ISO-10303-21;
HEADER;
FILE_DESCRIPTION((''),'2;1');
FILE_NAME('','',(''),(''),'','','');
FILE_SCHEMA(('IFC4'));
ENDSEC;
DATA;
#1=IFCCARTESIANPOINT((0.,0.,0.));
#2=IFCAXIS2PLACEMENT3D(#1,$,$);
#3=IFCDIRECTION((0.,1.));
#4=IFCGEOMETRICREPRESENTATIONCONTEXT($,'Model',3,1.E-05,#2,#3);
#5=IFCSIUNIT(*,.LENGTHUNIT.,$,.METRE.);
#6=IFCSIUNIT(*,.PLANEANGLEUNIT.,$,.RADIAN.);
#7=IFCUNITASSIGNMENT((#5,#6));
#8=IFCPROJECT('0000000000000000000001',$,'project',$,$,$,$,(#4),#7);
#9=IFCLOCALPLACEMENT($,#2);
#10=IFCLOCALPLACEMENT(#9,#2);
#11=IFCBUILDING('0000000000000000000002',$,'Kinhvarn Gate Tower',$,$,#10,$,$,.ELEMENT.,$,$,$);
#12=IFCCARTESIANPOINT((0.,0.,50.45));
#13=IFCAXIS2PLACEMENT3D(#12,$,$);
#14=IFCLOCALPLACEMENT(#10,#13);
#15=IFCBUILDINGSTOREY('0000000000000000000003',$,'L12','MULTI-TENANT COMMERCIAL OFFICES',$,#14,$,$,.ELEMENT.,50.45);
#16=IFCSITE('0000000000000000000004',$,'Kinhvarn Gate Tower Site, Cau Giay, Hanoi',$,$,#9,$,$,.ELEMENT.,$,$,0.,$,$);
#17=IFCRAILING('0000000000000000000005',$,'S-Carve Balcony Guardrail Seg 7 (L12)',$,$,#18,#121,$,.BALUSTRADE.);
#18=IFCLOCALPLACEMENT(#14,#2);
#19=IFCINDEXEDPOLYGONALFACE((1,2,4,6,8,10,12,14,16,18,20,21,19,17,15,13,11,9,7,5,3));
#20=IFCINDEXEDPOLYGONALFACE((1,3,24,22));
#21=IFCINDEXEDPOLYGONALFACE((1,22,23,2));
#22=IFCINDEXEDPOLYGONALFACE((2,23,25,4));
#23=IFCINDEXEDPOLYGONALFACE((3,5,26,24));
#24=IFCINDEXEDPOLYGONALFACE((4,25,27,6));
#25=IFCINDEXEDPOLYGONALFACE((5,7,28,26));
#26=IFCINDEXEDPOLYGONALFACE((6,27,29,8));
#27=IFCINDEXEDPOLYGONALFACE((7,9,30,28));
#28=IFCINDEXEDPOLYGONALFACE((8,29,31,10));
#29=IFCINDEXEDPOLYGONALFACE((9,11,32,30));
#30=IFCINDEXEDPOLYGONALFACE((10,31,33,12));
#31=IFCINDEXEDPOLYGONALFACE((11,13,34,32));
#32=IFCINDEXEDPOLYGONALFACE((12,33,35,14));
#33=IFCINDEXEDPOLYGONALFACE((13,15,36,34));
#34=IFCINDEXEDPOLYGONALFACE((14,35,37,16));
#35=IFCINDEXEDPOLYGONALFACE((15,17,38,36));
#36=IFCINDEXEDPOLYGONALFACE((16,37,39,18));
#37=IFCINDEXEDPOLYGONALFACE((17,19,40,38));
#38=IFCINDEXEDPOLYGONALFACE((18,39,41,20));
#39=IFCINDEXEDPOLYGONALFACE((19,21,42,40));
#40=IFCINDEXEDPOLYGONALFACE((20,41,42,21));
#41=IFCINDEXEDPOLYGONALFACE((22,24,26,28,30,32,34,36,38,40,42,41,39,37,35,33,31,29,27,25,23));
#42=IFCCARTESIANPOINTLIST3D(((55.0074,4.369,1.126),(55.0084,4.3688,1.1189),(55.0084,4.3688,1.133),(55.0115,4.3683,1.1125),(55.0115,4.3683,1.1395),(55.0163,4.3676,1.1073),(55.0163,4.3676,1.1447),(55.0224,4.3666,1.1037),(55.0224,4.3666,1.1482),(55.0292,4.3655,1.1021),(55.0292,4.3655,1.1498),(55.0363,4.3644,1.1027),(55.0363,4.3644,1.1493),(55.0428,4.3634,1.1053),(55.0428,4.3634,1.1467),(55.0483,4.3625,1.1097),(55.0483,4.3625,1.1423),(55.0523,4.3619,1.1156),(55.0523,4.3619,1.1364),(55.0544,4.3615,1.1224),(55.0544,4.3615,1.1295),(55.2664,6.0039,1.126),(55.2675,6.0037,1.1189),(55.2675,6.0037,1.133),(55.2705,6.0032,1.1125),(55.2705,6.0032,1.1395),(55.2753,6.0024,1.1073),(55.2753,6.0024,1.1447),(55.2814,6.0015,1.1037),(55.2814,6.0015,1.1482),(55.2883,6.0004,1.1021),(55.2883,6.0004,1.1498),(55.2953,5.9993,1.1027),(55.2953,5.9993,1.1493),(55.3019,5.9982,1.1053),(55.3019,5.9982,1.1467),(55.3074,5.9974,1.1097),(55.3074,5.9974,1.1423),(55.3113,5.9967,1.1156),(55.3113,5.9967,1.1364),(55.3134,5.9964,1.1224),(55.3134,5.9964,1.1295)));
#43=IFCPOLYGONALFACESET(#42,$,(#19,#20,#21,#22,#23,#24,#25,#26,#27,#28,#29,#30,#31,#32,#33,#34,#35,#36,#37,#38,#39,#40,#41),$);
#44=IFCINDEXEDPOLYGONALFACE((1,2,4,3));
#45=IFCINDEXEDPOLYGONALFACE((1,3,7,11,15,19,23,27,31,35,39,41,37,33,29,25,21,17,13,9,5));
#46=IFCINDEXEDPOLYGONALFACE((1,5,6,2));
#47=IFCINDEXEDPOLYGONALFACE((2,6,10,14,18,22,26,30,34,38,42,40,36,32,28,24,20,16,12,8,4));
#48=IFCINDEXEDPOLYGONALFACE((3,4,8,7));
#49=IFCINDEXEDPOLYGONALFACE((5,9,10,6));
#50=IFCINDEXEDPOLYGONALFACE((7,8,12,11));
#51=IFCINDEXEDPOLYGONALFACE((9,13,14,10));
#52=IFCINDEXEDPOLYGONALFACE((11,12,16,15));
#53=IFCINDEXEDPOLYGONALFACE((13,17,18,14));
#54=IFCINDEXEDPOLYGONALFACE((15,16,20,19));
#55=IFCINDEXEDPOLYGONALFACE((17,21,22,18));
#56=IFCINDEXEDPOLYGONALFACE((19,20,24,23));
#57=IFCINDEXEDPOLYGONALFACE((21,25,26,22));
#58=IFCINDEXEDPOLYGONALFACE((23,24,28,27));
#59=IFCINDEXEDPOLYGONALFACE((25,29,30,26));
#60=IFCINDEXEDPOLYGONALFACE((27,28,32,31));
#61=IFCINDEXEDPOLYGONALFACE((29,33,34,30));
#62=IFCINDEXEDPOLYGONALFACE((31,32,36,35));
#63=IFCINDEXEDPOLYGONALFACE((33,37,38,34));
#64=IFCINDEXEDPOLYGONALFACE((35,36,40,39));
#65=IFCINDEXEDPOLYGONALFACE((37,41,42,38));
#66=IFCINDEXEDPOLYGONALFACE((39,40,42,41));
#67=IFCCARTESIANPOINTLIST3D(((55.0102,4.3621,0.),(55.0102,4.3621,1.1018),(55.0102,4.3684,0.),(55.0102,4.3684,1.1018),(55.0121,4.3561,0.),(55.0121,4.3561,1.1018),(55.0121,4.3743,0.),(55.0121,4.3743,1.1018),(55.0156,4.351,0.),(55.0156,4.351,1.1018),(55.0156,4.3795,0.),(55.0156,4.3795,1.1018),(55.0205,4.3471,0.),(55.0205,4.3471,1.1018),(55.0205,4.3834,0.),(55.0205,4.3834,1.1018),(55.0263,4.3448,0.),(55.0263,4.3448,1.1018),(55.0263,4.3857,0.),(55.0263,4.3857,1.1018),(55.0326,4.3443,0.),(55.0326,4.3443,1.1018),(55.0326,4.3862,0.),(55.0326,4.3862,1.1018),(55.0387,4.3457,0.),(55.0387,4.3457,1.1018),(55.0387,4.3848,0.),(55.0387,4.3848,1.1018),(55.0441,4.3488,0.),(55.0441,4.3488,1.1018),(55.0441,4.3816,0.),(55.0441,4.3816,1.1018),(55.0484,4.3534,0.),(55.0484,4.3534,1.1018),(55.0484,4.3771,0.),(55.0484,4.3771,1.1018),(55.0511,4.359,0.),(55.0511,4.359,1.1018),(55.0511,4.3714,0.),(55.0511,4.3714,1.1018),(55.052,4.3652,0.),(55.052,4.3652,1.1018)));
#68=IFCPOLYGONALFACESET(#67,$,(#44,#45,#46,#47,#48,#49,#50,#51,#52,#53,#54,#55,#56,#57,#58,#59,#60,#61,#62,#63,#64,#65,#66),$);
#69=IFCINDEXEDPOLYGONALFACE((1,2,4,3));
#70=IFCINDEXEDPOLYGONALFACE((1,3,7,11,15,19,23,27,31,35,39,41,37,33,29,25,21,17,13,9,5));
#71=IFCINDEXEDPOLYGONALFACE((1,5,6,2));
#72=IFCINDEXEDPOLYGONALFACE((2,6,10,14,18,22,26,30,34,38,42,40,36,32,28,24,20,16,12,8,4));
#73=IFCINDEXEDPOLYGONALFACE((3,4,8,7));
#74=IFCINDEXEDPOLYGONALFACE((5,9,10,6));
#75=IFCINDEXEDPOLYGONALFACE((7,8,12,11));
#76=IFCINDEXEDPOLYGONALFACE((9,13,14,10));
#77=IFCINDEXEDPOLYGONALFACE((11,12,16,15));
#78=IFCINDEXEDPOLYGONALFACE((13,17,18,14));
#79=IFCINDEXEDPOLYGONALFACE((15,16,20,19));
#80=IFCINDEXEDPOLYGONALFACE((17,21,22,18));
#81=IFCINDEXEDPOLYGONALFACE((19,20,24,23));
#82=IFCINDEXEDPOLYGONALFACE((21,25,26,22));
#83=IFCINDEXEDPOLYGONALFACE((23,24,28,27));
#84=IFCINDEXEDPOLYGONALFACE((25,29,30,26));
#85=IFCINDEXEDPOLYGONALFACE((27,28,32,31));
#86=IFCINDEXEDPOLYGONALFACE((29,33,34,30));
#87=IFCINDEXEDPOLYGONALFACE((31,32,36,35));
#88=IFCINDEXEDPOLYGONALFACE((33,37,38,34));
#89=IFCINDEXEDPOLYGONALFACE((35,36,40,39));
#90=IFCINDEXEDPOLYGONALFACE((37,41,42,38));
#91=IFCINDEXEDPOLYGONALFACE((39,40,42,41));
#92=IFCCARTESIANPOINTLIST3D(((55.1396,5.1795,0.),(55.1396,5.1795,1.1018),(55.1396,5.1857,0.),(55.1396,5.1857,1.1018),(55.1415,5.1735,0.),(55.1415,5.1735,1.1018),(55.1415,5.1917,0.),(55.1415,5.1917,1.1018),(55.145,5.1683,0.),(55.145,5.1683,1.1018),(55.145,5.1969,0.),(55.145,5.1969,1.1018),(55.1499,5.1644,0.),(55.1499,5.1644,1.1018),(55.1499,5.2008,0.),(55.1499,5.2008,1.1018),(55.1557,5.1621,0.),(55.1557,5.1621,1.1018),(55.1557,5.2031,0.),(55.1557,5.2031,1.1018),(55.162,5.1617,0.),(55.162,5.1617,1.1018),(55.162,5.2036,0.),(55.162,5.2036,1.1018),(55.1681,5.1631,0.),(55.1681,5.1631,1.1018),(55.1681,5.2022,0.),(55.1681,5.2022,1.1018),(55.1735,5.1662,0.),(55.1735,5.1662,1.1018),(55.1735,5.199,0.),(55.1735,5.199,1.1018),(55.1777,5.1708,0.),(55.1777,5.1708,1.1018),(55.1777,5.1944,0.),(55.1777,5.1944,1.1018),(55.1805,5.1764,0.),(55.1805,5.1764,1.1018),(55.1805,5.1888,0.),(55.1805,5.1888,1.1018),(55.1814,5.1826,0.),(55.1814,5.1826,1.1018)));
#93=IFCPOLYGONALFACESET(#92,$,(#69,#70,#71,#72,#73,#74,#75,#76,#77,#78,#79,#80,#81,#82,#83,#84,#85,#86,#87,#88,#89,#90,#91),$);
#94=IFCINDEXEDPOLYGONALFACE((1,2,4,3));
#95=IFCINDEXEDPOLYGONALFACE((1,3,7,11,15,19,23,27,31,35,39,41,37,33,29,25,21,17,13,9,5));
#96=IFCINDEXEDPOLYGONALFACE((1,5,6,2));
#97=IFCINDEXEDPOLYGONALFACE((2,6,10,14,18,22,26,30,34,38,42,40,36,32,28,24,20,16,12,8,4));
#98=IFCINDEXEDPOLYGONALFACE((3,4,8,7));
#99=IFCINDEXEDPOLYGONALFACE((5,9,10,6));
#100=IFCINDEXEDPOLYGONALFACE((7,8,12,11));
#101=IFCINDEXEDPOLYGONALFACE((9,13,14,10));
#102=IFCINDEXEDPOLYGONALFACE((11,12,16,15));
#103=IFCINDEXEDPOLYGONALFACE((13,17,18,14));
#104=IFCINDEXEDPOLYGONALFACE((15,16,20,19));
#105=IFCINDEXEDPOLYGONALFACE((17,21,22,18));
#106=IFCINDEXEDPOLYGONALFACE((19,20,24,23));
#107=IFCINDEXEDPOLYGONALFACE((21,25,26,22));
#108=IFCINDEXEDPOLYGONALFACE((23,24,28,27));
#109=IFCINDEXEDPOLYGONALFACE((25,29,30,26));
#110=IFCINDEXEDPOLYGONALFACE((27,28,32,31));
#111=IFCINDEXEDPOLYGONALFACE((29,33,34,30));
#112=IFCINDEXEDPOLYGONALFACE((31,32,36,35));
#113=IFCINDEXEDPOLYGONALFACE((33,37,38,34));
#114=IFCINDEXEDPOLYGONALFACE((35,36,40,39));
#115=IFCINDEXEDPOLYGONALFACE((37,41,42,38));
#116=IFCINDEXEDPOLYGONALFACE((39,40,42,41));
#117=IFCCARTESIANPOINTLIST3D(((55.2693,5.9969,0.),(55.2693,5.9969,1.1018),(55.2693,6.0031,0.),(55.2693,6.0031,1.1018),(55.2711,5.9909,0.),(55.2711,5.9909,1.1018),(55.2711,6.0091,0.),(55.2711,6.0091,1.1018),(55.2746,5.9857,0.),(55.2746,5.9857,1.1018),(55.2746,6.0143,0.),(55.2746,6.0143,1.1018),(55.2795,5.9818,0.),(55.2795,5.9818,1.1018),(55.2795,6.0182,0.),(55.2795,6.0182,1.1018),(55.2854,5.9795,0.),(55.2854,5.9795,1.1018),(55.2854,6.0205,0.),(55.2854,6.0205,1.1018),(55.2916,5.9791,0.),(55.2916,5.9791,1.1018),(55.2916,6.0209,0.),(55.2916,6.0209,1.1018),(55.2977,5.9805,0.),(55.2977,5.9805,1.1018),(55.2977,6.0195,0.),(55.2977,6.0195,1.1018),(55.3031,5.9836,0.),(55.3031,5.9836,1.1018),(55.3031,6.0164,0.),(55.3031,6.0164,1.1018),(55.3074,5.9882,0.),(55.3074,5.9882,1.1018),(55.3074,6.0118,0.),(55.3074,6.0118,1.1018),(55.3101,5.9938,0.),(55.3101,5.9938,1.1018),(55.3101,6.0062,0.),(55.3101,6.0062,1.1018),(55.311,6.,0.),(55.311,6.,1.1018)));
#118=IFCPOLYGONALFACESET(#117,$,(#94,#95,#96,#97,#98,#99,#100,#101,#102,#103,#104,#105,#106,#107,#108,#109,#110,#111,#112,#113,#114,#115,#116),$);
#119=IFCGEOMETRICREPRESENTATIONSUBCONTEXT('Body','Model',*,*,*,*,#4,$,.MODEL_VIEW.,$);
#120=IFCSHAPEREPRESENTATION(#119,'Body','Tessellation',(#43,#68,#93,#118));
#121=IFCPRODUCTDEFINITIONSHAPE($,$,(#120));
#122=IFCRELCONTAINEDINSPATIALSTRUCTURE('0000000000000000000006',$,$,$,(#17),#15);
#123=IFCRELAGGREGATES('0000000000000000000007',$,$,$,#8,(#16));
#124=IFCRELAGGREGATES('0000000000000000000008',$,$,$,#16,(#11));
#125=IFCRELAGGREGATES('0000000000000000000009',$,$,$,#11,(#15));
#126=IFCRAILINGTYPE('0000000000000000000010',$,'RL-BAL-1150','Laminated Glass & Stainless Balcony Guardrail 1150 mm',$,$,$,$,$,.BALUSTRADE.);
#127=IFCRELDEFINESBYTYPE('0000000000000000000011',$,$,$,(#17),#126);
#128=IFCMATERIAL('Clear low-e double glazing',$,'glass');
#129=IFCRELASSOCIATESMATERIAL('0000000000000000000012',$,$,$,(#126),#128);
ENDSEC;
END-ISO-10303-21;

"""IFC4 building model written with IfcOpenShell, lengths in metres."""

from ifc_helpers import new_model, si_unit, direction, frame, origin, origin_2d, place, context, subcontext, project, spatial, circle, extrude, material, type_object, element, save


model = new_model("IFC4")

# Units and contexts
model_context = context("Model", 3, precision=1e-05, world=origin(), true_north=direction((0.0, 1.0)))
body_context = subcontext(model_context, "Body", "Model", "MODEL_VIEW")
ifc_project = project(units=[si_unit("LENGTHUNIT", "METRE"), si_unit("PLANEANGLEUNIT", "RADIAN")], contexts=[model_context])

# Site, building, storey
site_placement = place(None, origin())
site = spatial("IfcSite", under=ifc_project, at=site_placement, Name="Kinhvarn Gate Tower Site, Cau Giay, Hanoi", CompositionType="ELEMENT", RefElevation=0.0)
building_placement = place(site_placement, origin())
building = spatial("IfcBuilding", under=site, at=building_placement, Name="Kinhvarn Gate Tower", CompositionType="ELEMENT")
storey_placement = place(building_placement, frame((0.0, 0.0, 50.45)))
storey = spatial("IfcBuildingStorey", under=building, at=storey_placement, Name="L12", Description="MULTI-TENANT COMMERCIAL OFFICES", CompositionType="ELEMENT", Elevation=50.45)

# Shared definitions
ifc_material_1 = material(Name="Clear low-e double glazing", Category="glass")

# Railing
railing_type = type_object("IfcRailingType", Name="RL-BAL-1150", Description="Laminated Glass & Stainless Balcony Guardrail 1150 mm", PredefinedType="BALUSTRADE", material=ifc_material_1)
railing_1_placement = place(storey_placement, frame((55.031, 4.3652, 0.0)))
element("IfcRailing", 1, at=railing_1_placement, inside=storey, type_object=railing_type, Name="S-Carve Balcony Guardrail Seg 7 (L12)", PredefinedType="BALUSTRADE", context=body_context, shape_type="SweptSolid", body=[
    extrude(circle(Radius=0.0239, at=origin_2d()), frame((0.0, 0.0, 1.126), z_axis=(0.1565, 0.987678, 0.0), x_axis=(-0.987678, 0.1565, 0.0)), (0.0, 0.0, 1.0), 1.6553),
    extrude(circle(Radius=0.021, at=origin_2d()), origin(), (0.0, 0.0, 1.0), 1.1018),
    extrude(circle(Radius=0.021, at=origin_2d()), frame((0.1294, 0.8174, 0.0)), (0.0, 0.0, 1.0), 1.1018),
    extrude(circle(Radius=0.021, at=origin_2d()), frame((0.259, 1.6348, 0.0)), (0.0, 0.0, 1.0), 1.1018),
])

save(model, "model.ifc")
